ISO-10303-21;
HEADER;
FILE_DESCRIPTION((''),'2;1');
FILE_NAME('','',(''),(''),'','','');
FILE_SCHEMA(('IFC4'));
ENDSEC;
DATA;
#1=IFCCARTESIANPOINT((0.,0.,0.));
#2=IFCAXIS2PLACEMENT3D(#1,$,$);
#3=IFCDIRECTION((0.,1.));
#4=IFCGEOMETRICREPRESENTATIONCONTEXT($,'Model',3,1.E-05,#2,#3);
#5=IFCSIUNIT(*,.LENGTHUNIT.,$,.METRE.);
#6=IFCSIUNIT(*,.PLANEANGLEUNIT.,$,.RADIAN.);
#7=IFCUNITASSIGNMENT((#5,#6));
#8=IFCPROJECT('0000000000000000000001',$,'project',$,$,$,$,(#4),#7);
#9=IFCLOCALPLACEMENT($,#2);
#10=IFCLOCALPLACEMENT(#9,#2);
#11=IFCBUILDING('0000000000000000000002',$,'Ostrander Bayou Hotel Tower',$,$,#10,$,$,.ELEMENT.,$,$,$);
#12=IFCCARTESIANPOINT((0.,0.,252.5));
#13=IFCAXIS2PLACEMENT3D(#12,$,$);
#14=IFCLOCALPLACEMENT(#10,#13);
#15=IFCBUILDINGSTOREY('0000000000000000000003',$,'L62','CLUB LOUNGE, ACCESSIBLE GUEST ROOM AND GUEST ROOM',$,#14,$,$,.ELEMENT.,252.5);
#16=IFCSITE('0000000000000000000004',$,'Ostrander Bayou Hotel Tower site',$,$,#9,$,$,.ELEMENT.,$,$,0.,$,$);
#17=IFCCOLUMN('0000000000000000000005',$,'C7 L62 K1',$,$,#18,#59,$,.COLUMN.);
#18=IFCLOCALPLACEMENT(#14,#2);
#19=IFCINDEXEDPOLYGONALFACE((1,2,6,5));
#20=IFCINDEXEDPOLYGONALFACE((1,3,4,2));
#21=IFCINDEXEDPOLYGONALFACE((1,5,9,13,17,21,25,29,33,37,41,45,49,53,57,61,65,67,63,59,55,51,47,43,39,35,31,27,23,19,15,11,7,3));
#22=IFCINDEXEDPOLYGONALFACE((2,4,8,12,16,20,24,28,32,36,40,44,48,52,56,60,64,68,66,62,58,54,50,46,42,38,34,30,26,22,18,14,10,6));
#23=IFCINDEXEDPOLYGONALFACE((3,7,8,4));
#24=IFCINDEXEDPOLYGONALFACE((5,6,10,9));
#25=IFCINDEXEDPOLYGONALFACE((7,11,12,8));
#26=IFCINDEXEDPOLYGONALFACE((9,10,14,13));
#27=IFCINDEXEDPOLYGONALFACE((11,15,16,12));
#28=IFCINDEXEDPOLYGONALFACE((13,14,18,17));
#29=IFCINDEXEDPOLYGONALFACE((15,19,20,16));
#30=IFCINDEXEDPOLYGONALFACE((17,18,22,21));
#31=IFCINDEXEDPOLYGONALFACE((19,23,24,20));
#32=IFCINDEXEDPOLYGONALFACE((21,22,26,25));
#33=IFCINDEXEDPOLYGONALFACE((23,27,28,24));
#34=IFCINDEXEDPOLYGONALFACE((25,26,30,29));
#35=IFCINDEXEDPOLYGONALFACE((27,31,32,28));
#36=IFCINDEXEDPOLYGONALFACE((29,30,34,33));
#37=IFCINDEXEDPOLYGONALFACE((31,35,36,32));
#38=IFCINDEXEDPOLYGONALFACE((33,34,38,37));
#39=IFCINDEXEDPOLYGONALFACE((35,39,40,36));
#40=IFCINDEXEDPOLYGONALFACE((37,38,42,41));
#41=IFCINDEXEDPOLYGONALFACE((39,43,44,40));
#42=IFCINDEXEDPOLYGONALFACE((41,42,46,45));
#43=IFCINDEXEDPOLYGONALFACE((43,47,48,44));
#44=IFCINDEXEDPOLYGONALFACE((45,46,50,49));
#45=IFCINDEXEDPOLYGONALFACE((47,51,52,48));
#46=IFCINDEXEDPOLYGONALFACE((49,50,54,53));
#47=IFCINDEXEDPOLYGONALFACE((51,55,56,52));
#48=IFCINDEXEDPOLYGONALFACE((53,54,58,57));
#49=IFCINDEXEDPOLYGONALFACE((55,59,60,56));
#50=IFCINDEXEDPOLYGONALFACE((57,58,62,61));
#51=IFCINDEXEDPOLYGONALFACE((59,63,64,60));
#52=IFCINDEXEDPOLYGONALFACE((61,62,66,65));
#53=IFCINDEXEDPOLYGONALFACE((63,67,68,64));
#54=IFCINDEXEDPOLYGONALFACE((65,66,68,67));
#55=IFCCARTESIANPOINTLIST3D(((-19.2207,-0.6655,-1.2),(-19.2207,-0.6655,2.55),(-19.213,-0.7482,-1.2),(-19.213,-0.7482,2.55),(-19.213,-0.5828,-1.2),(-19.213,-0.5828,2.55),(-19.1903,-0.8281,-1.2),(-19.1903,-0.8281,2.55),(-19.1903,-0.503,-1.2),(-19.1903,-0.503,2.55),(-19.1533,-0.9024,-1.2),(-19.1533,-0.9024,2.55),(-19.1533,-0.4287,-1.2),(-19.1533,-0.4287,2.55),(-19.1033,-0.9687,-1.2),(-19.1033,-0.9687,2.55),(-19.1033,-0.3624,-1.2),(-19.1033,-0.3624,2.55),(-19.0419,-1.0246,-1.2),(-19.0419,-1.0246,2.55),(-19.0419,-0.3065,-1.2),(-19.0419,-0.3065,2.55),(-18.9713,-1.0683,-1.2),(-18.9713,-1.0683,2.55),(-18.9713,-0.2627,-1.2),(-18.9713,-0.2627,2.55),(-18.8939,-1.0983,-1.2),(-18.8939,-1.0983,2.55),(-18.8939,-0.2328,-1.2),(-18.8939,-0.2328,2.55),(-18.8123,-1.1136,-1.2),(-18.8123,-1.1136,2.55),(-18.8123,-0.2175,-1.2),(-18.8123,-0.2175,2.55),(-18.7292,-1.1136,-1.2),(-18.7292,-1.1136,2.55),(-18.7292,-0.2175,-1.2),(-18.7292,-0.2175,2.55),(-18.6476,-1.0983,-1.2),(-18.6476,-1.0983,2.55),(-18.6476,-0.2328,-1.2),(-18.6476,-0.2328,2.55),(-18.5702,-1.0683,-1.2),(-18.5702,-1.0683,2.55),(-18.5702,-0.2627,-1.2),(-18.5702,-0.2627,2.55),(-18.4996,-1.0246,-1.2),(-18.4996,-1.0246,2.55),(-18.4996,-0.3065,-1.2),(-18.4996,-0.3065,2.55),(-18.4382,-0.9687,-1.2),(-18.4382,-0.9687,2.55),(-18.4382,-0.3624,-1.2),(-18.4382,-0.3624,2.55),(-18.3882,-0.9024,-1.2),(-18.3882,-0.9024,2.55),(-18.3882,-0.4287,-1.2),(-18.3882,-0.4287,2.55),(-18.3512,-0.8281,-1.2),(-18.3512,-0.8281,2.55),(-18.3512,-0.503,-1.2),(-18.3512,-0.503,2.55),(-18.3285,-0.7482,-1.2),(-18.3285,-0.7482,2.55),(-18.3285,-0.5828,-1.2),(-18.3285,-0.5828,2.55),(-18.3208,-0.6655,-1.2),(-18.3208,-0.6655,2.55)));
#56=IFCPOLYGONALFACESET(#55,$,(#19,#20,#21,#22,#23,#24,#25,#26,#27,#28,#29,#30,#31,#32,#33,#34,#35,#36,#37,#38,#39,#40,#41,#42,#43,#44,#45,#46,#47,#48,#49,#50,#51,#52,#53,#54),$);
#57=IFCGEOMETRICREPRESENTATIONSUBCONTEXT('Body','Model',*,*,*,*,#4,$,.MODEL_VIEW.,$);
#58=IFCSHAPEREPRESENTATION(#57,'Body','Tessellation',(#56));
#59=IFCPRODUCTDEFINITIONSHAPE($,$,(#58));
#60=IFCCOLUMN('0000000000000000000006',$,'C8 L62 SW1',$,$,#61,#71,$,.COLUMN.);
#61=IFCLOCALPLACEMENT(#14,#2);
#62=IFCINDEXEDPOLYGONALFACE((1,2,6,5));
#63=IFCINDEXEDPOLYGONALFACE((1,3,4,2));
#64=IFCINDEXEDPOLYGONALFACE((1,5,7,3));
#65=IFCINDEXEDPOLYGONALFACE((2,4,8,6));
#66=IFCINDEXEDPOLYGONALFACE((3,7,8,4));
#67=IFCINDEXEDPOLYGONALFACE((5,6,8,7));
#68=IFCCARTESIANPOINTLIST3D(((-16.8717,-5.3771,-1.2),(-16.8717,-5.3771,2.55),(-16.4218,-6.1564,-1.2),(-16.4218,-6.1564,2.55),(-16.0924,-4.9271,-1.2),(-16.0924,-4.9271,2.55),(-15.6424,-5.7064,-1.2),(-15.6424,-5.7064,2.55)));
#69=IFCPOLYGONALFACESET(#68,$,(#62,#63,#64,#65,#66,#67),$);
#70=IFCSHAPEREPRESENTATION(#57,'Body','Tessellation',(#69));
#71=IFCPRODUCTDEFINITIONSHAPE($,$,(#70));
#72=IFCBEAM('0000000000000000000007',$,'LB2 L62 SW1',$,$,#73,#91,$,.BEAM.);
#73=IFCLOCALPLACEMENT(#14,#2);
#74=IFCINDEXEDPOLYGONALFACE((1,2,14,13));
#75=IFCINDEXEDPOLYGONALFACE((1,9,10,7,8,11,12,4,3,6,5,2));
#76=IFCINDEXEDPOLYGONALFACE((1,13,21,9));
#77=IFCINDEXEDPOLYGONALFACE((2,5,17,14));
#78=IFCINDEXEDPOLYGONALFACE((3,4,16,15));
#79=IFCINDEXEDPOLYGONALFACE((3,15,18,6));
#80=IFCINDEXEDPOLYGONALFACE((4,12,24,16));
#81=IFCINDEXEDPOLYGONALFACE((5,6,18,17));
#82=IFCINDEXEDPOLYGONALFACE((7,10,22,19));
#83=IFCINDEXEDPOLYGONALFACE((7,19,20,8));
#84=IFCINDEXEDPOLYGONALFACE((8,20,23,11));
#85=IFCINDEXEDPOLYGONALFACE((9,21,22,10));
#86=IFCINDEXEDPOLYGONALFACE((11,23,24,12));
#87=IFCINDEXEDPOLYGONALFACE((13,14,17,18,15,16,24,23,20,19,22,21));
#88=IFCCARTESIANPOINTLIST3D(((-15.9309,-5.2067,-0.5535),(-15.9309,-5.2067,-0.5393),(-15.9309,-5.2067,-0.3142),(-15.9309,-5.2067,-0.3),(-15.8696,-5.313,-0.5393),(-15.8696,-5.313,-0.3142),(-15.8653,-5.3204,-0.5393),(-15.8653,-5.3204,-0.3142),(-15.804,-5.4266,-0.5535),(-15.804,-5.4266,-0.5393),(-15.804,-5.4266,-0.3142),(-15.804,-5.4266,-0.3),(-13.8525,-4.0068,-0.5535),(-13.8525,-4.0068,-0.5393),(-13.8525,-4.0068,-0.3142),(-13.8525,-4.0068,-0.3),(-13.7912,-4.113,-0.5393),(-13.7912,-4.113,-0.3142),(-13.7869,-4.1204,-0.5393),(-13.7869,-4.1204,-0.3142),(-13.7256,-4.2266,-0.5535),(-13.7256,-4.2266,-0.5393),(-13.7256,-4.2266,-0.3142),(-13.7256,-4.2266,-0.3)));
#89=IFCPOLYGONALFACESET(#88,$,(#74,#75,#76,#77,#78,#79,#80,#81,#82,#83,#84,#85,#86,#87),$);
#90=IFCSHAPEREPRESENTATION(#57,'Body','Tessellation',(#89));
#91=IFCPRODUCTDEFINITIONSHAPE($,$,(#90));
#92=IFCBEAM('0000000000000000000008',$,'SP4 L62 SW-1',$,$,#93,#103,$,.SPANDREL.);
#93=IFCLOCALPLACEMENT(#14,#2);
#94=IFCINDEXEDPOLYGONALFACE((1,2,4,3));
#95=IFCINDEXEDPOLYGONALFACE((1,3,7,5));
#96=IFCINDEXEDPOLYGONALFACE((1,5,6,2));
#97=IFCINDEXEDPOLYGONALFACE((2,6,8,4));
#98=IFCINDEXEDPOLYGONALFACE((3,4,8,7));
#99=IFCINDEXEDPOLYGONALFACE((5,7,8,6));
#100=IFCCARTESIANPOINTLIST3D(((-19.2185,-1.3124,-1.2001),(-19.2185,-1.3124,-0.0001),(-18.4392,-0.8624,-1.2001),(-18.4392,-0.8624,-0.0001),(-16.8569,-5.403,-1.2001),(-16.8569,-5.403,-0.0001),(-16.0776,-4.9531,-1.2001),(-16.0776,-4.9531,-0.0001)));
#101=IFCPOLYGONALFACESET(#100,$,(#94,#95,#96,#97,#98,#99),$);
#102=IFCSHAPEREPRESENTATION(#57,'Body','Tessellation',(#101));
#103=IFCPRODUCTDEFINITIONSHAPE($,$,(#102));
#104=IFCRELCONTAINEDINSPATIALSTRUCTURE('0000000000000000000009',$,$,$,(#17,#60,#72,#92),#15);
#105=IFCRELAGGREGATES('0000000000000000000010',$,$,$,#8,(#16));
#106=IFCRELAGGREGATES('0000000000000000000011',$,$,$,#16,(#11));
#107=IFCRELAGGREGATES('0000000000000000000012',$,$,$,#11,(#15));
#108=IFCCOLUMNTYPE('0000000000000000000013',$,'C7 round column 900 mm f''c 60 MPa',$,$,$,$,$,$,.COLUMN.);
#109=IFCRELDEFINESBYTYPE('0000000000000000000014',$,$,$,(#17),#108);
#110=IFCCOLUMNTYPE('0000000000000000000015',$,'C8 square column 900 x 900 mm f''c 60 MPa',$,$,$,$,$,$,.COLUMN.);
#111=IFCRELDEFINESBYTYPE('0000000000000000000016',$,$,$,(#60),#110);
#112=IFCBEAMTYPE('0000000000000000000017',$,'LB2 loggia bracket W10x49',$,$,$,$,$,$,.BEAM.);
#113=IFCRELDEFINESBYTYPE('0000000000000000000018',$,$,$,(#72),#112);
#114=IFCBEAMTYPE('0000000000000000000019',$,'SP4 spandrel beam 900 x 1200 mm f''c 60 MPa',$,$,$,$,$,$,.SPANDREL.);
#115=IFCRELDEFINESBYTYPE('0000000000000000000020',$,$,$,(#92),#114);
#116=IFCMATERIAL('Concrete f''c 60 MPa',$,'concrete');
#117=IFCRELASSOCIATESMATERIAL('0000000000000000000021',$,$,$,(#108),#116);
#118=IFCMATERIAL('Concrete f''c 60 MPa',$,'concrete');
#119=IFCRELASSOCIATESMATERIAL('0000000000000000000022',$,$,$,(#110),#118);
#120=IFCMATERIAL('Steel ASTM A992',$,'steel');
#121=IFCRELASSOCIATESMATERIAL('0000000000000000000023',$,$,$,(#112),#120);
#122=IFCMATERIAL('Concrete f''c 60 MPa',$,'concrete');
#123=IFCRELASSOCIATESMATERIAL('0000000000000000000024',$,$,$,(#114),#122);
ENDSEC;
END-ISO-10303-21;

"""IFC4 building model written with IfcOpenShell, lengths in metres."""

from ifc_helpers import new_model, si_unit, direction, frame, origin, origin_2d, place, context, subcontext, project, spatial, rectangle, circle, i_section, extrude, material, material_profile, profile_set, type_object, element, save


model = new_model("IFC4")

# Units and contexts
model_context = context("Model", 3, precision=1e-05, world=origin(), true_north=direction((0.0, 1.0)))
body_context = subcontext(model_context, "Body", "Model", "MODEL_VIEW")
ifc_project = project(units=[si_unit("LENGTHUNIT", "METRE"), si_unit("PLANEANGLEUNIT", "RADIAN")], contexts=[model_context])

# Site, building, storey
site_placement = place(None, origin())
site = spatial("IfcSite", under=ifc_project, at=site_placement, Name="Ostrander Bayou Hotel Tower site", CompositionType="ELEMENT", RefElevation=0.0)
building_placement = place(site_placement, origin())
building = spatial("IfcBuilding", under=site, at=building_placement, Name="Ostrander Bayou Hotel Tower", CompositionType="ELEMENT")
storey_placement = place(building_placement, frame((0.0, 0.0, 252.5)))
storey = spatial("IfcBuildingStorey", under=building, at=storey_placement, Name="L62", Description="CLUB LOUNGE, ACCESSIBLE GUEST ROOM AND GUEST ROOM", CompositionType="ELEMENT", Elevation=252.5)

# Columns
ifc_material_1 = material(Name="Concrete f'c 60 MPa", Category="concrete")
ifc_material_profile_1 = material_profile(ifc_material_1, circle(Radius=0.45, at=origin_2d()))
ifc_profile_set_1 = profile_set([ifc_material_profile_1], Name="Concrete f'c 60 MPa")
column_type_1 = type_object("IfcColumnType", Name="C7 round column 900 mm f'c 60 MPa", PredefinedType="COLUMN", material=ifc_profile_set_1)
column_1_placement = place(storey_placement, frame((-18.7708, -0.6655, -1.2), z_axis=(0.0, 0.0, 1.0), x_axis=(1.0, 0.0, 0.0)))
element("IfcColumn", 1, at=column_1_placement, inside=storey, type_object=column_type_1, Name="C7 L62 K1", PredefinedType="COLUMN", context=body_context, shape_type="SweptSolid", body=[
    extrude(circle(Radius=0.45, at=origin_2d()), origin(), (0.0, 0.0, 1.0), 3.75),
])
ifc_material_2 = material(Name="Concrete f'c 60 MPa", Category="concrete")
ifc_material_profile_2 = material_profile(ifc_material_2, rectangle(XDim=0.8999, YDim=0.8999, at=origin_2d()))
ifc_profile_set_2 = profile_set([ifc_material_profile_2], Name="Concrete f'c 60 MPa")
column_type_2 = type_object("IfcColumnType", Name="C8 square column 900 x 900 mm f'c 60 MPa", PredefinedType="COLUMN", material=ifc_profile_set_2)
column_2_placement = place(storey_placement, frame((-16.2571, -5.5417, -1.2), z_axis=(0.0, 0.0, 1.0), x_axis=(-0.5, 0.866025, 0.0)))
element("IfcColumn", 2, at=column_2_placement, inside=storey, type_object=column_type_2, Name="C8 L62 SW1", PredefinedType="COLUMN", context=body_context, shape_type="SweptSolid", body=[
    extrude(rectangle(XDim=0.8999, YDim=0.8999, at=origin_2d()), origin(), (0.0, 0.0, 1.0), 3.75),
])

# Beams
ifc_material_3 = material(Name="Steel ASTM A992", Category="steel")
ifc_material_profile_3 = material_profile(ifc_material_3, i_section(OverallWidth=0.2539, OverallDepth=0.2534, WebThickness=0.0085, FlangeThickness=0.0142, at=origin_2d()))
ifc_profile_set_3 = profile_set([ifc_material_profile_3], Name="Steel ASTM A992")
beam_type_1 = type_object("IfcBeamType", Name="LB2 loggia bracket W10x49", PredefinedType="BEAM", material=ifc_profile_set_3)
beam_1_placement = place(storey_placement, frame((-15.8674, -5.3167, -0.4268), z_axis=(0.866025, 0.500001, 0.0), x_axis=(-0.500001, 0.866025, 0.0)))
element("IfcBeam", 3, at=beam_1_placement, inside=storey, type_object=beam_type_1, Name="LB2 L62 SW1", PredefinedType="BEAM", context=body_context, shape_type="SweptSolid", body=[
    extrude(i_section(OverallWidth=0.2539, OverallDepth=0.2534, WebThickness=0.0085, FlangeThickness=0.0142, at=origin_2d()), origin(), (0.0, 0.0, 1.0), 2.3999),
])
ifc_material_4 = material(Name="Concrete f'c 60 MPa", Category="concrete")
ifc_material_profile_4 = material_profile(ifc_material_4, rectangle(XDim=0.8999, YDim=1.2, at=origin_2d()))
ifc_profile_set_4 = profile_set([ifc_material_profile_4], Name="Concrete f'c 60 MPa")
beam_type_2 = type_object("IfcBeamType", Name="SP4 spandrel beam 900 x 1200 mm f'c 60 MPa", PredefinedType="SPANDREL", material=ifc_profile_set_4)
beam_2_placement = place(storey_placement, frame((-18.8289, -1.0874, -0.6001), z_axis=(0.49998, -0.866037, 0.0), x_axis=(0.866037, 0.49998, 0.0)))
element("IfcBeam", 4, at=beam_2_placement, inside=storey, type_object=beam_type_2, Name="SP4 L62 SW-1", PredefinedType="SPANDREL", context=body_context, shape_type="SweptSolid", body=[
    extrude(rectangle(XDim=0.8999, YDim=1.2, at=origin_2d()), origin(), (0.0, 0.0, 1.0), 4.7234),
])

save(model, "model.ifc")
